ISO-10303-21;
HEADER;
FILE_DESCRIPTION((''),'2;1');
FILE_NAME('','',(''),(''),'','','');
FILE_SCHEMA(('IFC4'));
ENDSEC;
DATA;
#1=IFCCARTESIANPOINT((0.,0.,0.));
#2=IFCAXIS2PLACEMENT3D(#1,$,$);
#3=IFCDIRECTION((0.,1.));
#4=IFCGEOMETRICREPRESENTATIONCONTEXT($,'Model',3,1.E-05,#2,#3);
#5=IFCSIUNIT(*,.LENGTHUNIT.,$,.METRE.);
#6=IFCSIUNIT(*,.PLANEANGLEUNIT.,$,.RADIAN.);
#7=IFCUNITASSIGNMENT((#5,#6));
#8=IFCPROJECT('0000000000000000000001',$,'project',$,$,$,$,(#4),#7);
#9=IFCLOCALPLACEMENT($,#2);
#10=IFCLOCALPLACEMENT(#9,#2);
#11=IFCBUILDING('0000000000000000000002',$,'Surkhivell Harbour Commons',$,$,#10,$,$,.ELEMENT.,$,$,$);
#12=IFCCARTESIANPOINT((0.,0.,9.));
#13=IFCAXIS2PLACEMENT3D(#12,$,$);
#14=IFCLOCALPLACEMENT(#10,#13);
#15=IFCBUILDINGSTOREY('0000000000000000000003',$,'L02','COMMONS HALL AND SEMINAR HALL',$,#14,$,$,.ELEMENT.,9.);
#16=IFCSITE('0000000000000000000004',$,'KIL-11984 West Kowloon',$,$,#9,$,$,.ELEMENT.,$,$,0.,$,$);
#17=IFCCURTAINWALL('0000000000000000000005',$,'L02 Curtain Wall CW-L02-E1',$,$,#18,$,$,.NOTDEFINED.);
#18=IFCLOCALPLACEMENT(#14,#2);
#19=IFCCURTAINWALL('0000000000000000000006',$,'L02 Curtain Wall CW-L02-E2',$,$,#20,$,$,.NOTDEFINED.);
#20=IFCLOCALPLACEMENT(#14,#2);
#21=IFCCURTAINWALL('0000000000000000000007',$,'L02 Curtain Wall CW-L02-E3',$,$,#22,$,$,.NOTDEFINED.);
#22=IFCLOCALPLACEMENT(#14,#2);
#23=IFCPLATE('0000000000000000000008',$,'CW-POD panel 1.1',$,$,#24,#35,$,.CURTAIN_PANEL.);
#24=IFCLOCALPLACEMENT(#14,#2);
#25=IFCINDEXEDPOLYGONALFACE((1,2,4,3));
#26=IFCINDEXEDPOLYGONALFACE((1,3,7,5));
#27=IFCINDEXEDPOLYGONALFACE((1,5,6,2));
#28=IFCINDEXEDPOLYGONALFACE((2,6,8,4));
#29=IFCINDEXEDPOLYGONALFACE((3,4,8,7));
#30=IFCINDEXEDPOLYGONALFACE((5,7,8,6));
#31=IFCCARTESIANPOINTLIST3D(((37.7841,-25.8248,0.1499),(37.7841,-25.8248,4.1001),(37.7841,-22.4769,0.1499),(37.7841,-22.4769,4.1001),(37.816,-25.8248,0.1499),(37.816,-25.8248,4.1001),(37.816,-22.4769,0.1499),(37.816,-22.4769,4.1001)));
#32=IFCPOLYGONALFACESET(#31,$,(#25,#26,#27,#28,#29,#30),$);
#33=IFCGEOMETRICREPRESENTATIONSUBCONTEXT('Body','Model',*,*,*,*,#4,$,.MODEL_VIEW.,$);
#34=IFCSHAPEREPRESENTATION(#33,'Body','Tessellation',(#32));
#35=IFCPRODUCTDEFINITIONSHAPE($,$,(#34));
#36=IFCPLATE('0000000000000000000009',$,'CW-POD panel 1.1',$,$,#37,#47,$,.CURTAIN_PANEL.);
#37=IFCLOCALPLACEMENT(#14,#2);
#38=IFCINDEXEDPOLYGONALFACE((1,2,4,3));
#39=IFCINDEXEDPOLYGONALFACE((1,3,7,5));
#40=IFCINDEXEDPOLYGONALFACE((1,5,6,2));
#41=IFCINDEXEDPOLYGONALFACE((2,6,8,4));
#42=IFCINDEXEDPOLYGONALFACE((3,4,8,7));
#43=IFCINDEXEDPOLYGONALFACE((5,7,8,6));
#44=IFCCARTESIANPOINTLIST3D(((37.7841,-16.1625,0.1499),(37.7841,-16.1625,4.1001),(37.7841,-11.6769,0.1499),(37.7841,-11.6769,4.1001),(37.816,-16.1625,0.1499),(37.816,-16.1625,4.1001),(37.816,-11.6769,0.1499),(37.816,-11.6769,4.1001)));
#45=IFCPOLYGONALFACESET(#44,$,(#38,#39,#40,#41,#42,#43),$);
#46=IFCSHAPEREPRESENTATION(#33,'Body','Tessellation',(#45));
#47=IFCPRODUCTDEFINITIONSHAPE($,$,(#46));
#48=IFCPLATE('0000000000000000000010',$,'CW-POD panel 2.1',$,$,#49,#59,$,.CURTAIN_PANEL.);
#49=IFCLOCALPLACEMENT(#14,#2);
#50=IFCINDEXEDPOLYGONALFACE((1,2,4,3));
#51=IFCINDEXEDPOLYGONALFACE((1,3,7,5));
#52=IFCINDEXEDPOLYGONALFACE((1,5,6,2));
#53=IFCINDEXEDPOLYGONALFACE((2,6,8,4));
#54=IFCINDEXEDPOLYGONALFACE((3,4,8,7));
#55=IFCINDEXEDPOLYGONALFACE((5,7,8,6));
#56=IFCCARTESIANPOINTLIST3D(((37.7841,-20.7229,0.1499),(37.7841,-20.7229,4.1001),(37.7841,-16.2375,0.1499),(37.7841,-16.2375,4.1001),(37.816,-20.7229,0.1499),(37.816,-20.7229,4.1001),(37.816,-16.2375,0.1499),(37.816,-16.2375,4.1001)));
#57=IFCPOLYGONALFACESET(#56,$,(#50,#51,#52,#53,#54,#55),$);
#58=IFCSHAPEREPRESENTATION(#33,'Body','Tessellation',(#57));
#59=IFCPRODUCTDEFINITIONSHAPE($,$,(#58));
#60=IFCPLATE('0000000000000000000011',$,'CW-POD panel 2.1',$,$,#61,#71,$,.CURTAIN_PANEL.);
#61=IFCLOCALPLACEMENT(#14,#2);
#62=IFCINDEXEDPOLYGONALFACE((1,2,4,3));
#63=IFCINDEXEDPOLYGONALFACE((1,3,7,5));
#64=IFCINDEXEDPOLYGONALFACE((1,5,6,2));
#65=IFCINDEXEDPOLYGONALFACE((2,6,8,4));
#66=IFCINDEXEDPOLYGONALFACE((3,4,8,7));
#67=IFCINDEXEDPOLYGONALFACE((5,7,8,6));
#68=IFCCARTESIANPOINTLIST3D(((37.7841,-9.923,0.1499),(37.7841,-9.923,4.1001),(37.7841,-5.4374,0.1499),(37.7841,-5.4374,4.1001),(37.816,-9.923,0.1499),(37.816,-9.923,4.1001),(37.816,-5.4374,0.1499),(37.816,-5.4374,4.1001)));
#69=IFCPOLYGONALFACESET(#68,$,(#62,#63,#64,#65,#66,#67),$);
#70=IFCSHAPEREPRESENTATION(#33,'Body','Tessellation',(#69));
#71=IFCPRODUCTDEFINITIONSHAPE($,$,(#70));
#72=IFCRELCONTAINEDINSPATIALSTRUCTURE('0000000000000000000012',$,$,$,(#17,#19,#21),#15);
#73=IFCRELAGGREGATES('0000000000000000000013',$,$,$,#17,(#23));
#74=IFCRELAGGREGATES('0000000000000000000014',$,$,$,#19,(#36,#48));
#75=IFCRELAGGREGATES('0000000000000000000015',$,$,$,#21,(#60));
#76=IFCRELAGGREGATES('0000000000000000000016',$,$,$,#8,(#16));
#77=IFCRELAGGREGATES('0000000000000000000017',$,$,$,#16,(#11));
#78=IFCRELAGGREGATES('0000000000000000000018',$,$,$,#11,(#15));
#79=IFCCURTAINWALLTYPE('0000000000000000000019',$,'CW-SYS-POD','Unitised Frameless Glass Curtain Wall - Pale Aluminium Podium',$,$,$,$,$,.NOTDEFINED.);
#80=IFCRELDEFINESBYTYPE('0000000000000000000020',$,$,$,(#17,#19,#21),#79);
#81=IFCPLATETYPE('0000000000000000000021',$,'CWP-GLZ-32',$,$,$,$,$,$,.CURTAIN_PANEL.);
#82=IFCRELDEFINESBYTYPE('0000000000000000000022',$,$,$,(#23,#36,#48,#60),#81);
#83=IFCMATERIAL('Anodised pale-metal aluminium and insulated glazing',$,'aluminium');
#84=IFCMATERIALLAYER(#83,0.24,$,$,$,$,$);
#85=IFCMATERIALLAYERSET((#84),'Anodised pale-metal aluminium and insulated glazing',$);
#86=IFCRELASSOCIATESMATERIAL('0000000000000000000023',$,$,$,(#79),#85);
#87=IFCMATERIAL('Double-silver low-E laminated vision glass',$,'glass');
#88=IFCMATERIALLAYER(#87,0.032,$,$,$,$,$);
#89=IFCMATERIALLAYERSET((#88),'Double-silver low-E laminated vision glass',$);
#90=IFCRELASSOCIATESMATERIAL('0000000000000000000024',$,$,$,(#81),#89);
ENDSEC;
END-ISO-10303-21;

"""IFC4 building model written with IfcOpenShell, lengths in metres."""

from ifc_helpers import new_model, si_unit, direction, frame, frame_2d, origin, place, context, subcontext, project, spatial, rectangle, extrude, material, layer, layer_set, type_object, element, aggregate, save


model = new_model("IFC4")

# Units and contexts
model_context = context("Model", 3, precision=1e-05, world=origin(), true_north=direction((0.0, 1.0)))
body_context = subcontext(model_context, "Body", "Model", "MODEL_VIEW")
ifc_project = project(units=[si_unit("LENGTHUNIT", "METRE"), si_unit("PLANEANGLEUNIT", "RADIAN")], contexts=[model_context])

# Site, building, storey
site_placement = place(None, origin())
site = spatial("IfcSite", under=ifc_project, at=site_placement, Name="KIL-11984 West Kowloon", CompositionType="ELEMENT", RefElevation=0.0)
building_placement = place(site_placement, origin())
building = spatial("IfcBuilding", under=site, at=building_placement, Name="Surkhivell Harbour Commons", CompositionType="ELEMENT")
storey_placement = place(building_placement, frame((0.0, 0.0, 9.0)))
storey = spatial("IfcBuildingStorey", under=building, at=storey_placement, Name="L02", Description="COMMONS HALL AND SEMINAR HALL", CompositionType="ELEMENT", Elevation=9.0)

# Shared definitions
ifc_material_1 = material(Name="Anodised pale-metal aluminium and insulated glazing", Category="aluminium")
ifc_layer_1 = layer(ifc_material_1, 0.24)
ifc_layer_set_1 = layer_set([ifc_layer_1], Name="Anodised pale-metal aluminium and insulated glazing")
curtain_wall_type = type_object("IfcCurtainWallType", Name="CW-SYS-POD", Description="Unitised Frameless Glass Curtain Wall - Pale Aluminium Podium", PredefinedType="NOTDEFINED", material=ifc_layer_set_1)

# Curtain walls
curtain_wall_1_placement = place(storey_placement, origin())
curtain_wall_1 = element("IfcCurtainWall", 1, at=curtain_wall_1_placement, inside=storey, type_object=curtain_wall_type, Name="L02 Curtain Wall CW-L02-E1", PredefinedType="NOTDEFINED")
curtain_wall_2_placement = place(storey_placement, origin())
curtain_wall_2 = element("IfcCurtainWall", 2, at=curtain_wall_2_placement, inside=storey, type_object=curtain_wall_type, Name="L02 Curtain Wall CW-L02-E2", PredefinedType="NOTDEFINED")
curtain_wall_3_placement = place(storey_placement, origin())
curtain_wall_3 = element("IfcCurtainWall", 3, at=curtain_wall_3_placement, inside=storey, type_object=curtain_wall_type, Name="L02 Curtain Wall CW-L02-E3", PredefinedType="NOTDEFINED")

# Plates
ifc_material_2 = material(Name="Double-silver low-E laminated vision glass", Category="glass")
ifc_layer_2 = layer(ifc_material_2, 0.032)
ifc_layer_set_2 = layer_set([ifc_layer_2], Name="Double-silver low-E laminated vision glass")
plate_type = type_object("IfcPlateType", Name="CWP-GLZ-32", PredefinedType="CURTAIN_PANEL", material=ifc_layer_set_2)
plate_1_placement = place(storey_placement, frame((37.8, -22.4771, 0.1499), z_axis=(0.0, 0.0, 1.0), x_axis=(0.0, -1.0, 0.0)))
plate_1 = element("IfcPlate", 4, at=plate_1_placement, type_object=plate_type, Name="CW-POD panel 1.1", PredefinedType="CURTAIN_PANEL", context=body_context, shape_type="SweptSolid", body=[
    extrude(rectangle(XDim=3.3479, YDim=0.032, at=frame_2d((1.6738, 0.0))), origin(), (0.0, 0.0, 1.0), 3.9502),
])
aggregate(curtain_wall_1, [plate_1])
plate_2_placement = place(storey_placement, frame((37.8, -11.677, 0.1499), z_axis=(0.0, 0.0, 1.0), x_axis=(0.0, -1.0, 0.0)))
plate_2 = element("IfcPlate", 5, at=plate_2_placement, type_object=plate_type, Name="CW-POD panel 1.1", PredefinedType="CURTAIN_PANEL", context=body_context, shape_type="SweptSolid", body=[
    extrude(rectangle(XDim=4.4856, YDim=0.032, at=frame_2d((2.2427, 0.0))), origin(), (0.0, 0.0, 1.0), 3.9502),
])
plate_3_placement = place(storey_placement, frame((37.8, -16.2375, 0.1499), z_axis=(0.0, 0.0, 1.0), x_axis=(0.0, -1.0, 0.0)))
plate_3 = element("IfcPlate", 6, at=plate_3_placement, type_object=plate_type, Name="CW-POD panel 2.1", PredefinedType="CURTAIN_PANEL", context=body_context, shape_type="SweptSolid", body=[
    extrude(rectangle(XDim=4.4854, YDim=0.032, at=frame_2d((2.2427, 0.0))), origin(), (0.0, 0.0, 1.0), 3.9502),
])
aggregate(curtain_wall_2, [plate_2, plate_3])
plate_4_placement = place(storey_placement, frame((37.8, -5.4375, 0.1499), z_axis=(0.0, 0.0, 1.0), x_axis=(0.0, -1.0, 0.0)))
plate_4 = element("IfcPlate", 7, at=plate_4_placement, type_object=plate_type, Name="CW-POD panel 2.1", PredefinedType="CURTAIN_PANEL", context=body_context, shape_type="SweptSolid", body=[
    extrude(rectangle(XDim=4.4856, YDim=0.032, at=frame_2d((2.2427, 0.0))), origin(), (0.0, 0.0, 1.0), 3.9502),
])
aggregate(curtain_wall_3, [plate_4])

save(model, "model.ifc")
